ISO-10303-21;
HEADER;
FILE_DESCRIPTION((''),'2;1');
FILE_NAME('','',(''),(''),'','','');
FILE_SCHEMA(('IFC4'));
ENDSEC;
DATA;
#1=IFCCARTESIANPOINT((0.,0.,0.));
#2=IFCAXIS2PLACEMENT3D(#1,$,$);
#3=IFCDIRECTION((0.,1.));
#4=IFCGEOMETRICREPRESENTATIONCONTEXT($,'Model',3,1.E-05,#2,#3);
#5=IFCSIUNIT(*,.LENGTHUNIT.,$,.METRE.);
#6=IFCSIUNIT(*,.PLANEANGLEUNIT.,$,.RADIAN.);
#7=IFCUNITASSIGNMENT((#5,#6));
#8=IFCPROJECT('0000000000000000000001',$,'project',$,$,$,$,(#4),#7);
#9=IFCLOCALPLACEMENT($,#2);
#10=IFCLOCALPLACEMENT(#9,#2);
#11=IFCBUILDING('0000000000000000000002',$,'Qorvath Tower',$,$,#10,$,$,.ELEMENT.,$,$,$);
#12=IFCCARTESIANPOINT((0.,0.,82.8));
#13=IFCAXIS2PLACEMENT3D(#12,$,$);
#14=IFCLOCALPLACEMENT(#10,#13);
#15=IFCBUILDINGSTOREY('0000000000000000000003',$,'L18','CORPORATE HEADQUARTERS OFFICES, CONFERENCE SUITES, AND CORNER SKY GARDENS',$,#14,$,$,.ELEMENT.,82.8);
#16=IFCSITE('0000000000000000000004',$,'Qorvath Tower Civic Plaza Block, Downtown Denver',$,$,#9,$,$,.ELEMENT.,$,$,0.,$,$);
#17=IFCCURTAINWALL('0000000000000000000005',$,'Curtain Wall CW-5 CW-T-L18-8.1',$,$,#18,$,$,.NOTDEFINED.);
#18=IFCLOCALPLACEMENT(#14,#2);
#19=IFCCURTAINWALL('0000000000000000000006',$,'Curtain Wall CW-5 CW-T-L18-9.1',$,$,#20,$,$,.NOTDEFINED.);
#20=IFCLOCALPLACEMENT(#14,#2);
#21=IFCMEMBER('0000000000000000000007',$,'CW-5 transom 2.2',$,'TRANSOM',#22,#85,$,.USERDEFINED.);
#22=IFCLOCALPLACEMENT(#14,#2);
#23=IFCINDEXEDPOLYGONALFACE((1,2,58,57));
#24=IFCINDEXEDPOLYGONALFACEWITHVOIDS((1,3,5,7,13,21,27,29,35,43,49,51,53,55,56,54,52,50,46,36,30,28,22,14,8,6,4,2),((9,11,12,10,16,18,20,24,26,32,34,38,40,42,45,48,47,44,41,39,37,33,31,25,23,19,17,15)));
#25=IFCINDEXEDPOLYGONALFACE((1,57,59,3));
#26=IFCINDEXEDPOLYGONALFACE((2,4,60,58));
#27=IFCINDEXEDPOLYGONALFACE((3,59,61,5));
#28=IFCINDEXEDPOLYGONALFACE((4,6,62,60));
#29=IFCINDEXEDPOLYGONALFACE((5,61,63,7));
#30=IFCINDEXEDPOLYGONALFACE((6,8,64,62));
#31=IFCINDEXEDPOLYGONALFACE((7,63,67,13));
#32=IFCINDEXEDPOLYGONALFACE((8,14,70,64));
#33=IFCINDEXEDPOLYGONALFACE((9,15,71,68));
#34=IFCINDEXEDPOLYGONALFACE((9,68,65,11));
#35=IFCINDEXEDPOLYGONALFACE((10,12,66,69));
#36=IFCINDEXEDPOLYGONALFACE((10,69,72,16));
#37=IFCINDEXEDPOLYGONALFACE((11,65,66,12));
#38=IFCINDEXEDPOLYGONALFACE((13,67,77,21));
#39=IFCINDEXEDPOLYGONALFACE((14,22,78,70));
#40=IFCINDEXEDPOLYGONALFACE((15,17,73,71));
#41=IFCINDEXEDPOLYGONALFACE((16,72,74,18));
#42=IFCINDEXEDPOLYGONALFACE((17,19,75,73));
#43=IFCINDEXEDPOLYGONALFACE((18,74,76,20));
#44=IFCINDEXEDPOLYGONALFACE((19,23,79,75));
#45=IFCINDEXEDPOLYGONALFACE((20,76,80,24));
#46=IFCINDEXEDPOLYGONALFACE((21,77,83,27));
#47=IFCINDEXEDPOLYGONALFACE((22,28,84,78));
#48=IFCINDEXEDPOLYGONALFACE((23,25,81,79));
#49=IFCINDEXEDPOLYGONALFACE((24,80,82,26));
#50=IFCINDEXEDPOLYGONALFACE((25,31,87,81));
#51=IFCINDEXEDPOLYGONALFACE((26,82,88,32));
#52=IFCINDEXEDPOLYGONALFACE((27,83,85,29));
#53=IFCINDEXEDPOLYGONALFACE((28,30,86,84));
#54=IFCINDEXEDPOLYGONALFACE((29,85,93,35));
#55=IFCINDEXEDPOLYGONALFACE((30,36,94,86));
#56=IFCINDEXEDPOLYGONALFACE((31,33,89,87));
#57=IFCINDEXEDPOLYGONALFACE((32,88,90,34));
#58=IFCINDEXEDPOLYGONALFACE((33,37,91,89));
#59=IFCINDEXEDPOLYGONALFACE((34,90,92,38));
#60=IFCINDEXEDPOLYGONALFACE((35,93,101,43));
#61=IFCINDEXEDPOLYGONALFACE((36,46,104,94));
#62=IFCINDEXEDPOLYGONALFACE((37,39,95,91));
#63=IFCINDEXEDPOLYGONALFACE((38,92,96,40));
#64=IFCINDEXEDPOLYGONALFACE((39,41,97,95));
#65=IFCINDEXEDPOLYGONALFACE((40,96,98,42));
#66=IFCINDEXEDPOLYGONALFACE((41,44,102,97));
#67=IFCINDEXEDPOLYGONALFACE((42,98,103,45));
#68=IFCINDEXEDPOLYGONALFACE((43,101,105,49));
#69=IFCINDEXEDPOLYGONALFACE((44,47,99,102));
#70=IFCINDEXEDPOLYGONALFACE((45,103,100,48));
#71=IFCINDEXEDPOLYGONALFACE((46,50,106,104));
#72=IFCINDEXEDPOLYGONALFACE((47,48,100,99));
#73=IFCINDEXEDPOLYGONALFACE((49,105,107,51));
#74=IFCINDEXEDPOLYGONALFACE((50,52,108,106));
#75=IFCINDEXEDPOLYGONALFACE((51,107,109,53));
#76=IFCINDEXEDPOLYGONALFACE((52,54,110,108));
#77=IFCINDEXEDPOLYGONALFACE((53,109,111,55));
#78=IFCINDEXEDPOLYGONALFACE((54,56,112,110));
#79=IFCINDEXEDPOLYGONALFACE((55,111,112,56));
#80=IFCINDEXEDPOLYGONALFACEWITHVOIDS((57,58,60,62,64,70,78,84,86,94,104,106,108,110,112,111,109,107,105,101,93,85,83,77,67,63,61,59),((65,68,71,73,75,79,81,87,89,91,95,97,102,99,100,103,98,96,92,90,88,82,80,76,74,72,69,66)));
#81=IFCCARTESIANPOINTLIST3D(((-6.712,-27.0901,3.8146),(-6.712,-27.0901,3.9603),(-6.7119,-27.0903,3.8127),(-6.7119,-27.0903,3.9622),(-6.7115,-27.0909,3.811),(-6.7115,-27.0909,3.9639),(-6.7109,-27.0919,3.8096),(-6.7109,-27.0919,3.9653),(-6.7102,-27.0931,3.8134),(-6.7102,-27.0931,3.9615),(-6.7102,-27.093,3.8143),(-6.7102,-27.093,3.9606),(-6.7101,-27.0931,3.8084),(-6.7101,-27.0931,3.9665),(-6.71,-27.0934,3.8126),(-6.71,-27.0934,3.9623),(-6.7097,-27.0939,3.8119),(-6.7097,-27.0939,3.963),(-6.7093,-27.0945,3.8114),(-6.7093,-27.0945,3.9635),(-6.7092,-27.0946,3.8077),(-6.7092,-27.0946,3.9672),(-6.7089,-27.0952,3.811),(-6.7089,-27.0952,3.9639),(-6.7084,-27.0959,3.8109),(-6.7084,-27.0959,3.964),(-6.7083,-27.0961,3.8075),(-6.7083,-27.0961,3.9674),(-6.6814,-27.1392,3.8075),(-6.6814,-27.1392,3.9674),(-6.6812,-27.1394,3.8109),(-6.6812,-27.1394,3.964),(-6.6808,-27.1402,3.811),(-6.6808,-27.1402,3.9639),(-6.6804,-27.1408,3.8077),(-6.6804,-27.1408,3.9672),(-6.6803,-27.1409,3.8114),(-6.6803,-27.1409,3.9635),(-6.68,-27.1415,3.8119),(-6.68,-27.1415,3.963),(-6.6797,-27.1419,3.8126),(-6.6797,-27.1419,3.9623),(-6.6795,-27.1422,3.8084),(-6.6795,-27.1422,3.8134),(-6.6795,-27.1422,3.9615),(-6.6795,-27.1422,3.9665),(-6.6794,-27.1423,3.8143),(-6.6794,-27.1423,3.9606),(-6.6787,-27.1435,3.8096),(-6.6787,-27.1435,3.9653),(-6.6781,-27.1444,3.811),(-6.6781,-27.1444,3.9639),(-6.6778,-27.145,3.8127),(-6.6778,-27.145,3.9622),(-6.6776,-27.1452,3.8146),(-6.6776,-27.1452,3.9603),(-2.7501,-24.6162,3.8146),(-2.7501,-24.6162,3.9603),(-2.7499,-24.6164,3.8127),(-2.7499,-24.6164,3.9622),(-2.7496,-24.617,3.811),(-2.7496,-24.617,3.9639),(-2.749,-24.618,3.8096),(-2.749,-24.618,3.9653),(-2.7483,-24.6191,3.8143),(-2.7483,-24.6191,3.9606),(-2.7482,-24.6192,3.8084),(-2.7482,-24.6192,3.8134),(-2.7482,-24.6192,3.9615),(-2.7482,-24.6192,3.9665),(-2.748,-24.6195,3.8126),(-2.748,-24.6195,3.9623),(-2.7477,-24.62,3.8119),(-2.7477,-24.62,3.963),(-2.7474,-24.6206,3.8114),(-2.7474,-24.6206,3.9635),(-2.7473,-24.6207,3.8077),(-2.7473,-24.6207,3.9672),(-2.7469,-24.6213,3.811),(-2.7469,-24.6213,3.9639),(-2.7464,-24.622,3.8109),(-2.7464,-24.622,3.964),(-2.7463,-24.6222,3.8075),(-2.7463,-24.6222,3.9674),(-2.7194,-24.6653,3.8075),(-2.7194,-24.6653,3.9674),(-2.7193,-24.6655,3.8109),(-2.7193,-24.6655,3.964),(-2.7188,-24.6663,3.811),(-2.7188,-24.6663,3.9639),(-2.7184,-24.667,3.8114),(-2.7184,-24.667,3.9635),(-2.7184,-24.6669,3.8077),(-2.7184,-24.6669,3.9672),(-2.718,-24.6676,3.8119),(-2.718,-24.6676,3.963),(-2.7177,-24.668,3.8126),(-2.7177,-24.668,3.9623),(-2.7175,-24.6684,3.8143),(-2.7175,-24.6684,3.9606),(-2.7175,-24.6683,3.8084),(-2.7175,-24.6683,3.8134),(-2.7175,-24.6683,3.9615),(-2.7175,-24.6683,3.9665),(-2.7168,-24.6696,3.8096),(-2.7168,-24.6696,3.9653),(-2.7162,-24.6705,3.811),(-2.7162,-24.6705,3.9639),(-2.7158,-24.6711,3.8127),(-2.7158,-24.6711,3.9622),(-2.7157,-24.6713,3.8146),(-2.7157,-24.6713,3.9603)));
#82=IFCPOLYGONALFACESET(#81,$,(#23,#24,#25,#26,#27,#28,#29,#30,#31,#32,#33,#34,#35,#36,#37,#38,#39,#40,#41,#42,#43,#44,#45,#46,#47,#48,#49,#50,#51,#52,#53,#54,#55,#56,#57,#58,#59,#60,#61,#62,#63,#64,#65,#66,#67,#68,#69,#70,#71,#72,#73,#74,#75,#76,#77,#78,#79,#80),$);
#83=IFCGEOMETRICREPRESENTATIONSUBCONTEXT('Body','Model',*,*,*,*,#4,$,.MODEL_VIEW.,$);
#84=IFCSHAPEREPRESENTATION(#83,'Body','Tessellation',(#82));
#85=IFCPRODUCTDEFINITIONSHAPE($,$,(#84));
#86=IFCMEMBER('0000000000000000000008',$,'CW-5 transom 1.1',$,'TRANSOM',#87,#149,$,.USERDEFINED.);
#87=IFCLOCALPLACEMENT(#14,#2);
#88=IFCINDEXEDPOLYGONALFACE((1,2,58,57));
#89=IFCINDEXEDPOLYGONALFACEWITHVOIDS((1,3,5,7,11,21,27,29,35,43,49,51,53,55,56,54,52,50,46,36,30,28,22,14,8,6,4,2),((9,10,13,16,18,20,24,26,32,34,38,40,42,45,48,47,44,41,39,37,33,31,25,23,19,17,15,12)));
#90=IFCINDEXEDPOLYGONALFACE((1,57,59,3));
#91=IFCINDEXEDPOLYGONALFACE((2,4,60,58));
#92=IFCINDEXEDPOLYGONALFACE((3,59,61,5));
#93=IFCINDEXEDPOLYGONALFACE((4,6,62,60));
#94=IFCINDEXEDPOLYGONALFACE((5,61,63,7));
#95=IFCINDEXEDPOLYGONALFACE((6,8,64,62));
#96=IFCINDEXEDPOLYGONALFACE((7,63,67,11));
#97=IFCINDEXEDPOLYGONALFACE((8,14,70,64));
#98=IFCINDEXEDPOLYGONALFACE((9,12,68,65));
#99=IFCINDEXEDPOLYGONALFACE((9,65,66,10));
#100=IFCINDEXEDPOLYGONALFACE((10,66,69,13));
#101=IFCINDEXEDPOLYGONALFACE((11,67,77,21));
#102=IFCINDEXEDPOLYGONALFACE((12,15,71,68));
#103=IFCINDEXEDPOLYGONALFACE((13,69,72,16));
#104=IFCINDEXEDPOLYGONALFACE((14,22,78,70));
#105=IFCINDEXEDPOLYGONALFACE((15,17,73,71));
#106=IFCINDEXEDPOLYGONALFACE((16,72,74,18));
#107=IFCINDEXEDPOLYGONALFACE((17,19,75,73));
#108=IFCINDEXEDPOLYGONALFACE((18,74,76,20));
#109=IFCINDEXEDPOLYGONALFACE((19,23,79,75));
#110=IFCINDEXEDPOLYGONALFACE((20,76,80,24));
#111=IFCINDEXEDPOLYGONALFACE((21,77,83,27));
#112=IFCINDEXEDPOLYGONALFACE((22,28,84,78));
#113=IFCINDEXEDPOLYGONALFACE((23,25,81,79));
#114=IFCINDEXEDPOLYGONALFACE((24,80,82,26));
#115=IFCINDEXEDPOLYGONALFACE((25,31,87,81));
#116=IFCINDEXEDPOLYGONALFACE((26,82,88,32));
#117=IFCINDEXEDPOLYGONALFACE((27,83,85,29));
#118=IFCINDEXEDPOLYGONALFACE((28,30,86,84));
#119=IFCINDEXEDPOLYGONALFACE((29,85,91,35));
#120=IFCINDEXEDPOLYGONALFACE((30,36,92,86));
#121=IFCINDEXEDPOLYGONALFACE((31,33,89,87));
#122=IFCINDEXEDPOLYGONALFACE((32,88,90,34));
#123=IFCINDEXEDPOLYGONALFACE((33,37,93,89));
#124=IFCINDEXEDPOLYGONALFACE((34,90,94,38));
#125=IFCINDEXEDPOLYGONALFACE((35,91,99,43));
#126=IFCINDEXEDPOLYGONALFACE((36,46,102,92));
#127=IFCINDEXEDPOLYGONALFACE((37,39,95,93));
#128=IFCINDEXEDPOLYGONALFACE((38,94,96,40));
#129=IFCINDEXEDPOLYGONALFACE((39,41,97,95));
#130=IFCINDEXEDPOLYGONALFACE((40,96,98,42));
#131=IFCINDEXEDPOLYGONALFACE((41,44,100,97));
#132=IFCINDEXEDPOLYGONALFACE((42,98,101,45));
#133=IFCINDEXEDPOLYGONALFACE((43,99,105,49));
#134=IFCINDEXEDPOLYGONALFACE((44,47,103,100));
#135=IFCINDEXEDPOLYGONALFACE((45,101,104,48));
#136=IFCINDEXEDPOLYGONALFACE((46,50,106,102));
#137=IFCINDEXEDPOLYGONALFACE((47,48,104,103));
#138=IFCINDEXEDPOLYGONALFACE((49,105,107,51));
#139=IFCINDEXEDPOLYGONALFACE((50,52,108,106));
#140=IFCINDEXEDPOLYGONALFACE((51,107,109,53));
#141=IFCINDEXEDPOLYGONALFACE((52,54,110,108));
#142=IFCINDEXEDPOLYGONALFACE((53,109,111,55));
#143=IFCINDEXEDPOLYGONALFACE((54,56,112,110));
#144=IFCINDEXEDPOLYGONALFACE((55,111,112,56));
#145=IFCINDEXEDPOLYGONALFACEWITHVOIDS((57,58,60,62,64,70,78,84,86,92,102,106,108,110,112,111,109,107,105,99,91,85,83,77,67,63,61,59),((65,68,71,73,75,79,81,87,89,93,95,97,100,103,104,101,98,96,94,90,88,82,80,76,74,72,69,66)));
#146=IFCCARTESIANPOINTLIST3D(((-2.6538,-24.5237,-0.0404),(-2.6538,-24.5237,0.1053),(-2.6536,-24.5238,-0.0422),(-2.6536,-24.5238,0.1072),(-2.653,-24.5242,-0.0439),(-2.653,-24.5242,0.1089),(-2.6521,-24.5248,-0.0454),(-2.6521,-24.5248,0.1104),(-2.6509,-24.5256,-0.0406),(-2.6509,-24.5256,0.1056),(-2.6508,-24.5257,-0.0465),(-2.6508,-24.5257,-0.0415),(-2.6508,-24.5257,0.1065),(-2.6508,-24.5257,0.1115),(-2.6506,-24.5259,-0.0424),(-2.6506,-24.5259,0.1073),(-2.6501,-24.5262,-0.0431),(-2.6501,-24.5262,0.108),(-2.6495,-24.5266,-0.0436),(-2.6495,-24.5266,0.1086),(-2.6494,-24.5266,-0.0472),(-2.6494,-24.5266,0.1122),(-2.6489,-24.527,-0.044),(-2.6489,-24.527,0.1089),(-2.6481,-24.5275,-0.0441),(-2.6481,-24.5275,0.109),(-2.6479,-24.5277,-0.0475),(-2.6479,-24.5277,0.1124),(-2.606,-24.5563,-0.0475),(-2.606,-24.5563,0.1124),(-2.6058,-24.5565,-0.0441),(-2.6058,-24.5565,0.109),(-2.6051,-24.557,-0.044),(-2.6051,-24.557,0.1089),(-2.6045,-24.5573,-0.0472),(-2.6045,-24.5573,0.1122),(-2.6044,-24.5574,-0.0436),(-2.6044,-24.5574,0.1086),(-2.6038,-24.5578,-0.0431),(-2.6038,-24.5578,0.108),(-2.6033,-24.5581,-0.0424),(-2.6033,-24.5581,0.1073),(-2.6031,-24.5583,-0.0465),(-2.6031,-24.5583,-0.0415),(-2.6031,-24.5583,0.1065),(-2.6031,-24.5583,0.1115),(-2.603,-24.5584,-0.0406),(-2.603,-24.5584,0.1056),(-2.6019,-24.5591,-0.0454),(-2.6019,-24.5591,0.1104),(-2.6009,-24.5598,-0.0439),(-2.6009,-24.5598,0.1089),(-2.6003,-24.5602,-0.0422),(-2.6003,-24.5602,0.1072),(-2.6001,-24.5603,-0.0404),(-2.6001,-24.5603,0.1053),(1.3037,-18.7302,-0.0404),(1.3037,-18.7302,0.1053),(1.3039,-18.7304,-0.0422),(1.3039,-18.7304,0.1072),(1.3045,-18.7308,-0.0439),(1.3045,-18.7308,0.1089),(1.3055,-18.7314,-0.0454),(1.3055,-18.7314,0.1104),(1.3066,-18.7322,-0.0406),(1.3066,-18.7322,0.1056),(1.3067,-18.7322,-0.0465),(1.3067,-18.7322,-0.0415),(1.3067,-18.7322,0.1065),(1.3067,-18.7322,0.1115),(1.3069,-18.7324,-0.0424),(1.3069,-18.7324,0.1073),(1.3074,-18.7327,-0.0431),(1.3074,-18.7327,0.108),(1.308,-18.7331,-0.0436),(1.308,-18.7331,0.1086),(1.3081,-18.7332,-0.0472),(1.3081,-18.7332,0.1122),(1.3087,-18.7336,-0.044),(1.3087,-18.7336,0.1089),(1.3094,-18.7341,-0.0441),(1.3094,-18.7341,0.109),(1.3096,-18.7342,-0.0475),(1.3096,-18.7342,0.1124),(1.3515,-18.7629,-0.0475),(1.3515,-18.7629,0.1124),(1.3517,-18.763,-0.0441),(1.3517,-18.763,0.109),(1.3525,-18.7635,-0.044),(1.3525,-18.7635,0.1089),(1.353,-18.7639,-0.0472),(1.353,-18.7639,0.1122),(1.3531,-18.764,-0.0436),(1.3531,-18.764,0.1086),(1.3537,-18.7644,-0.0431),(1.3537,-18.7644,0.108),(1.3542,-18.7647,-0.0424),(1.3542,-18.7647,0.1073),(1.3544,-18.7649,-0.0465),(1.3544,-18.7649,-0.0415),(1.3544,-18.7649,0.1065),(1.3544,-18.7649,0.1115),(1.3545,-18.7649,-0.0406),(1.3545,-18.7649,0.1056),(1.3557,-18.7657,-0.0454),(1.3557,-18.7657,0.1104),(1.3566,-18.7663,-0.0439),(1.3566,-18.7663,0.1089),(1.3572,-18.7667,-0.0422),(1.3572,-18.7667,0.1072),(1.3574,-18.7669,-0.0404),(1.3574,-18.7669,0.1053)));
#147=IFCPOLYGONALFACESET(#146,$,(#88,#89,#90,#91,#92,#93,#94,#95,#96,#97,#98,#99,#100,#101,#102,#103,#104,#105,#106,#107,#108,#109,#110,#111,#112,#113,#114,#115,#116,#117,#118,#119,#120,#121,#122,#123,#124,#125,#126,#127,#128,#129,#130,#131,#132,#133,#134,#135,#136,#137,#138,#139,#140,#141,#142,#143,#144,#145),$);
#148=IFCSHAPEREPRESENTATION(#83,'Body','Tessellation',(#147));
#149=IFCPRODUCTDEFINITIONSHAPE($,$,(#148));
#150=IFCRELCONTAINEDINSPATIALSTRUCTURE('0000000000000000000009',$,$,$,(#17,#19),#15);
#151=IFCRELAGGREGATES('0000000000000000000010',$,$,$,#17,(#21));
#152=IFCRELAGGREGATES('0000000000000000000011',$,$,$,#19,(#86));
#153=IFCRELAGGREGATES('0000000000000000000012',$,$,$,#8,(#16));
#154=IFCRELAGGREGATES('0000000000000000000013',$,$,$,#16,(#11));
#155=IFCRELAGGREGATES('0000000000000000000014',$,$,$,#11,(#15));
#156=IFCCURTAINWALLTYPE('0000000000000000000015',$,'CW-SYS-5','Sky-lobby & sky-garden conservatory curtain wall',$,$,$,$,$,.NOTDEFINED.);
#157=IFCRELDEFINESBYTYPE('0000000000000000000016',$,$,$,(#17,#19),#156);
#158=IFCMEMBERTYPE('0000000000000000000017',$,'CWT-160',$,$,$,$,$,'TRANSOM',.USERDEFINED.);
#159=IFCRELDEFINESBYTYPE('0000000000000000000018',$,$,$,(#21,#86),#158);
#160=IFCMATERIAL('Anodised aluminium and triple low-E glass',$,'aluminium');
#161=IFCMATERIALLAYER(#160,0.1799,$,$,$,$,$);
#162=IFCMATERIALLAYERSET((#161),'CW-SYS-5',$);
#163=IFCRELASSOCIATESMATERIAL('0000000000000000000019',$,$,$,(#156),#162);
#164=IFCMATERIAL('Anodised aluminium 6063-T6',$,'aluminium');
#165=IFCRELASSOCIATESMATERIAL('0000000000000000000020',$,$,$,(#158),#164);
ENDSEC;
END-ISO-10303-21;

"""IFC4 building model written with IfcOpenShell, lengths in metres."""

from ifc_helpers import new_model, si_unit, direction, frame, origin, origin_2d, place, context, subcontext, project, spatial, hollow_rectangle, extrude, material, layer, layer_set, material_profile, profile_set, type_object, element, aggregate, save


model = new_model("IFC4")

# Units and contexts
model_context = context("Model", 3, precision=1e-05, world=origin(), true_north=direction((0.0, 1.0)))
body_context = subcontext(model_context, "Body", "Model", "MODEL_VIEW")
ifc_project = project(units=[si_unit("LENGTHUNIT", "METRE"), si_unit("PLANEANGLEUNIT", "RADIAN")], contexts=[model_context])

# Site, building, storey
site_placement = place(None, origin())
site = spatial("IfcSite", under=ifc_project, at=site_placement, Name="Qorvath Tower Civic Plaza Block, Downtown Denver", CompositionType="ELEMENT", RefElevation=0.0)
building_placement = place(site_placement, origin())
building = spatial("IfcBuilding", under=site, at=building_placement, Name="Qorvath Tower", CompositionType="ELEMENT")
storey_placement = place(building_placement, frame((0.0, 0.0, 82.8)))
storey = spatial("IfcBuildingStorey", under=building, at=storey_placement, Name="L18", Description="CORPORATE HEADQUARTERS OFFICES, CONFERENCE SUITES, AND CORNER SKY GARDENS", CompositionType="ELEMENT", Elevation=82.8)

# Shared definitions
ifc_material_1 = material(Name="Anodised aluminium and triple low-E glass", Category="aluminium")
ifc_layer_1 = layer(ifc_material_1, 0.1799)
ifc_layer_set_1 = layer_set([ifc_layer_1], Name="CW-SYS-5")
curtain_wall_type = type_object("IfcCurtainWallType", Name="CW-SYS-5", Description="Sky-lobby & sky-garden conservatory curtain wall", PredefinedType="NOTDEFINED", material=ifc_layer_set_1)

# Curtain walls
curtain_wall_1_placement = place(storey_placement, origin())
curtain_wall_1 = element("IfcCurtainWall", 1, at=curtain_wall_1_placement, inside=storey, type_object=curtain_wall_type, Name="Curtain Wall CW-5 CW-T-L18-8.1", PredefinedType="NOTDEFINED")
curtain_wall_2_placement = place(storey_placement, origin())
curtain_wall_2 = element("IfcCurtainWall", 2, at=curtain_wall_2_placement, inside=storey, type_object=curtain_wall_type, Name="Curtain Wall CW-5 CW-T-L18-9.1", PredefinedType="NOTDEFINED")

# Members
ifc_material_2 = material(Name="Anodised aluminium 6063-T6", Category="aluminium")
ifc_material_profile_1 = material_profile(ifc_material_2, hollow_rectangle(XDim=0.0649, YDim=0.1599, WallThickness=0.0034, InnerFilletRadius=0.0034, OuterFilletRadius=0.0071, at=origin_2d()), Name="CWT 160x65")
ifc_profile_set_1 = profile_set([ifc_material_profile_1], Name="Anodised aluminium 6063-T6")
member_type_1 = type_object("IfcMemberType", Name="CWT-160", ElementType="TRANSOM", PredefinedType="USERDEFINED", material=ifc_profile_set_1)
member_1_placement = place(storey_placement, frame((-6.6948, -27.1177, 3.8875), z_axis=(0.848221, 0.529642, 0.0), x_axis=(-0.529642, 0.848221, 0.0)))
member_1 = element("IfcMember", 3, at=member_1_placement, type_object=member_type_1, Name="CW-5 transom 2.2", ObjectType="TRANSOM", PredefinedType="USERDEFINED", context=body_context, shape_type="SweptSolid", body=[
    extrude(hollow_rectangle(XDim=0.0649, YDim=0.1599, WallThickness=0.0034, InnerFilletRadius=0.0034, OuterFilletRadius=0.0071, at=origin_2d()), origin(), (0.0, 0.0, 1.0), 4.6709),
])
member_2_placement = place(storey_placement, frame((-2.627, -24.542, 0.0325), z_axis=(0.56406, 0.825734, 0.0), x_axis=(-0.825734, 0.56406, 0.0)))
member_2 = element("IfcMember", 4, at=member_2_placement, type_object=member_type_1, Name="CW-5 transom 1.1", ObjectType="TRANSOM", PredefinedType="USERDEFINED", context=body_context, shape_type="SweptSolid", body=[
    extrude(hollow_rectangle(XDim=0.0649, YDim=0.1599, WallThickness=0.0034, InnerFilletRadius=0.0034, OuterFilletRadius=0.0071, at=origin_2d()), origin(), (0.0, 0.0, 1.0), 7.0161),
])

aggregate(curtain_wall_1, [member_1])
aggregate(curtain_wall_2, [member_2])

save(model, "model.ifc")
